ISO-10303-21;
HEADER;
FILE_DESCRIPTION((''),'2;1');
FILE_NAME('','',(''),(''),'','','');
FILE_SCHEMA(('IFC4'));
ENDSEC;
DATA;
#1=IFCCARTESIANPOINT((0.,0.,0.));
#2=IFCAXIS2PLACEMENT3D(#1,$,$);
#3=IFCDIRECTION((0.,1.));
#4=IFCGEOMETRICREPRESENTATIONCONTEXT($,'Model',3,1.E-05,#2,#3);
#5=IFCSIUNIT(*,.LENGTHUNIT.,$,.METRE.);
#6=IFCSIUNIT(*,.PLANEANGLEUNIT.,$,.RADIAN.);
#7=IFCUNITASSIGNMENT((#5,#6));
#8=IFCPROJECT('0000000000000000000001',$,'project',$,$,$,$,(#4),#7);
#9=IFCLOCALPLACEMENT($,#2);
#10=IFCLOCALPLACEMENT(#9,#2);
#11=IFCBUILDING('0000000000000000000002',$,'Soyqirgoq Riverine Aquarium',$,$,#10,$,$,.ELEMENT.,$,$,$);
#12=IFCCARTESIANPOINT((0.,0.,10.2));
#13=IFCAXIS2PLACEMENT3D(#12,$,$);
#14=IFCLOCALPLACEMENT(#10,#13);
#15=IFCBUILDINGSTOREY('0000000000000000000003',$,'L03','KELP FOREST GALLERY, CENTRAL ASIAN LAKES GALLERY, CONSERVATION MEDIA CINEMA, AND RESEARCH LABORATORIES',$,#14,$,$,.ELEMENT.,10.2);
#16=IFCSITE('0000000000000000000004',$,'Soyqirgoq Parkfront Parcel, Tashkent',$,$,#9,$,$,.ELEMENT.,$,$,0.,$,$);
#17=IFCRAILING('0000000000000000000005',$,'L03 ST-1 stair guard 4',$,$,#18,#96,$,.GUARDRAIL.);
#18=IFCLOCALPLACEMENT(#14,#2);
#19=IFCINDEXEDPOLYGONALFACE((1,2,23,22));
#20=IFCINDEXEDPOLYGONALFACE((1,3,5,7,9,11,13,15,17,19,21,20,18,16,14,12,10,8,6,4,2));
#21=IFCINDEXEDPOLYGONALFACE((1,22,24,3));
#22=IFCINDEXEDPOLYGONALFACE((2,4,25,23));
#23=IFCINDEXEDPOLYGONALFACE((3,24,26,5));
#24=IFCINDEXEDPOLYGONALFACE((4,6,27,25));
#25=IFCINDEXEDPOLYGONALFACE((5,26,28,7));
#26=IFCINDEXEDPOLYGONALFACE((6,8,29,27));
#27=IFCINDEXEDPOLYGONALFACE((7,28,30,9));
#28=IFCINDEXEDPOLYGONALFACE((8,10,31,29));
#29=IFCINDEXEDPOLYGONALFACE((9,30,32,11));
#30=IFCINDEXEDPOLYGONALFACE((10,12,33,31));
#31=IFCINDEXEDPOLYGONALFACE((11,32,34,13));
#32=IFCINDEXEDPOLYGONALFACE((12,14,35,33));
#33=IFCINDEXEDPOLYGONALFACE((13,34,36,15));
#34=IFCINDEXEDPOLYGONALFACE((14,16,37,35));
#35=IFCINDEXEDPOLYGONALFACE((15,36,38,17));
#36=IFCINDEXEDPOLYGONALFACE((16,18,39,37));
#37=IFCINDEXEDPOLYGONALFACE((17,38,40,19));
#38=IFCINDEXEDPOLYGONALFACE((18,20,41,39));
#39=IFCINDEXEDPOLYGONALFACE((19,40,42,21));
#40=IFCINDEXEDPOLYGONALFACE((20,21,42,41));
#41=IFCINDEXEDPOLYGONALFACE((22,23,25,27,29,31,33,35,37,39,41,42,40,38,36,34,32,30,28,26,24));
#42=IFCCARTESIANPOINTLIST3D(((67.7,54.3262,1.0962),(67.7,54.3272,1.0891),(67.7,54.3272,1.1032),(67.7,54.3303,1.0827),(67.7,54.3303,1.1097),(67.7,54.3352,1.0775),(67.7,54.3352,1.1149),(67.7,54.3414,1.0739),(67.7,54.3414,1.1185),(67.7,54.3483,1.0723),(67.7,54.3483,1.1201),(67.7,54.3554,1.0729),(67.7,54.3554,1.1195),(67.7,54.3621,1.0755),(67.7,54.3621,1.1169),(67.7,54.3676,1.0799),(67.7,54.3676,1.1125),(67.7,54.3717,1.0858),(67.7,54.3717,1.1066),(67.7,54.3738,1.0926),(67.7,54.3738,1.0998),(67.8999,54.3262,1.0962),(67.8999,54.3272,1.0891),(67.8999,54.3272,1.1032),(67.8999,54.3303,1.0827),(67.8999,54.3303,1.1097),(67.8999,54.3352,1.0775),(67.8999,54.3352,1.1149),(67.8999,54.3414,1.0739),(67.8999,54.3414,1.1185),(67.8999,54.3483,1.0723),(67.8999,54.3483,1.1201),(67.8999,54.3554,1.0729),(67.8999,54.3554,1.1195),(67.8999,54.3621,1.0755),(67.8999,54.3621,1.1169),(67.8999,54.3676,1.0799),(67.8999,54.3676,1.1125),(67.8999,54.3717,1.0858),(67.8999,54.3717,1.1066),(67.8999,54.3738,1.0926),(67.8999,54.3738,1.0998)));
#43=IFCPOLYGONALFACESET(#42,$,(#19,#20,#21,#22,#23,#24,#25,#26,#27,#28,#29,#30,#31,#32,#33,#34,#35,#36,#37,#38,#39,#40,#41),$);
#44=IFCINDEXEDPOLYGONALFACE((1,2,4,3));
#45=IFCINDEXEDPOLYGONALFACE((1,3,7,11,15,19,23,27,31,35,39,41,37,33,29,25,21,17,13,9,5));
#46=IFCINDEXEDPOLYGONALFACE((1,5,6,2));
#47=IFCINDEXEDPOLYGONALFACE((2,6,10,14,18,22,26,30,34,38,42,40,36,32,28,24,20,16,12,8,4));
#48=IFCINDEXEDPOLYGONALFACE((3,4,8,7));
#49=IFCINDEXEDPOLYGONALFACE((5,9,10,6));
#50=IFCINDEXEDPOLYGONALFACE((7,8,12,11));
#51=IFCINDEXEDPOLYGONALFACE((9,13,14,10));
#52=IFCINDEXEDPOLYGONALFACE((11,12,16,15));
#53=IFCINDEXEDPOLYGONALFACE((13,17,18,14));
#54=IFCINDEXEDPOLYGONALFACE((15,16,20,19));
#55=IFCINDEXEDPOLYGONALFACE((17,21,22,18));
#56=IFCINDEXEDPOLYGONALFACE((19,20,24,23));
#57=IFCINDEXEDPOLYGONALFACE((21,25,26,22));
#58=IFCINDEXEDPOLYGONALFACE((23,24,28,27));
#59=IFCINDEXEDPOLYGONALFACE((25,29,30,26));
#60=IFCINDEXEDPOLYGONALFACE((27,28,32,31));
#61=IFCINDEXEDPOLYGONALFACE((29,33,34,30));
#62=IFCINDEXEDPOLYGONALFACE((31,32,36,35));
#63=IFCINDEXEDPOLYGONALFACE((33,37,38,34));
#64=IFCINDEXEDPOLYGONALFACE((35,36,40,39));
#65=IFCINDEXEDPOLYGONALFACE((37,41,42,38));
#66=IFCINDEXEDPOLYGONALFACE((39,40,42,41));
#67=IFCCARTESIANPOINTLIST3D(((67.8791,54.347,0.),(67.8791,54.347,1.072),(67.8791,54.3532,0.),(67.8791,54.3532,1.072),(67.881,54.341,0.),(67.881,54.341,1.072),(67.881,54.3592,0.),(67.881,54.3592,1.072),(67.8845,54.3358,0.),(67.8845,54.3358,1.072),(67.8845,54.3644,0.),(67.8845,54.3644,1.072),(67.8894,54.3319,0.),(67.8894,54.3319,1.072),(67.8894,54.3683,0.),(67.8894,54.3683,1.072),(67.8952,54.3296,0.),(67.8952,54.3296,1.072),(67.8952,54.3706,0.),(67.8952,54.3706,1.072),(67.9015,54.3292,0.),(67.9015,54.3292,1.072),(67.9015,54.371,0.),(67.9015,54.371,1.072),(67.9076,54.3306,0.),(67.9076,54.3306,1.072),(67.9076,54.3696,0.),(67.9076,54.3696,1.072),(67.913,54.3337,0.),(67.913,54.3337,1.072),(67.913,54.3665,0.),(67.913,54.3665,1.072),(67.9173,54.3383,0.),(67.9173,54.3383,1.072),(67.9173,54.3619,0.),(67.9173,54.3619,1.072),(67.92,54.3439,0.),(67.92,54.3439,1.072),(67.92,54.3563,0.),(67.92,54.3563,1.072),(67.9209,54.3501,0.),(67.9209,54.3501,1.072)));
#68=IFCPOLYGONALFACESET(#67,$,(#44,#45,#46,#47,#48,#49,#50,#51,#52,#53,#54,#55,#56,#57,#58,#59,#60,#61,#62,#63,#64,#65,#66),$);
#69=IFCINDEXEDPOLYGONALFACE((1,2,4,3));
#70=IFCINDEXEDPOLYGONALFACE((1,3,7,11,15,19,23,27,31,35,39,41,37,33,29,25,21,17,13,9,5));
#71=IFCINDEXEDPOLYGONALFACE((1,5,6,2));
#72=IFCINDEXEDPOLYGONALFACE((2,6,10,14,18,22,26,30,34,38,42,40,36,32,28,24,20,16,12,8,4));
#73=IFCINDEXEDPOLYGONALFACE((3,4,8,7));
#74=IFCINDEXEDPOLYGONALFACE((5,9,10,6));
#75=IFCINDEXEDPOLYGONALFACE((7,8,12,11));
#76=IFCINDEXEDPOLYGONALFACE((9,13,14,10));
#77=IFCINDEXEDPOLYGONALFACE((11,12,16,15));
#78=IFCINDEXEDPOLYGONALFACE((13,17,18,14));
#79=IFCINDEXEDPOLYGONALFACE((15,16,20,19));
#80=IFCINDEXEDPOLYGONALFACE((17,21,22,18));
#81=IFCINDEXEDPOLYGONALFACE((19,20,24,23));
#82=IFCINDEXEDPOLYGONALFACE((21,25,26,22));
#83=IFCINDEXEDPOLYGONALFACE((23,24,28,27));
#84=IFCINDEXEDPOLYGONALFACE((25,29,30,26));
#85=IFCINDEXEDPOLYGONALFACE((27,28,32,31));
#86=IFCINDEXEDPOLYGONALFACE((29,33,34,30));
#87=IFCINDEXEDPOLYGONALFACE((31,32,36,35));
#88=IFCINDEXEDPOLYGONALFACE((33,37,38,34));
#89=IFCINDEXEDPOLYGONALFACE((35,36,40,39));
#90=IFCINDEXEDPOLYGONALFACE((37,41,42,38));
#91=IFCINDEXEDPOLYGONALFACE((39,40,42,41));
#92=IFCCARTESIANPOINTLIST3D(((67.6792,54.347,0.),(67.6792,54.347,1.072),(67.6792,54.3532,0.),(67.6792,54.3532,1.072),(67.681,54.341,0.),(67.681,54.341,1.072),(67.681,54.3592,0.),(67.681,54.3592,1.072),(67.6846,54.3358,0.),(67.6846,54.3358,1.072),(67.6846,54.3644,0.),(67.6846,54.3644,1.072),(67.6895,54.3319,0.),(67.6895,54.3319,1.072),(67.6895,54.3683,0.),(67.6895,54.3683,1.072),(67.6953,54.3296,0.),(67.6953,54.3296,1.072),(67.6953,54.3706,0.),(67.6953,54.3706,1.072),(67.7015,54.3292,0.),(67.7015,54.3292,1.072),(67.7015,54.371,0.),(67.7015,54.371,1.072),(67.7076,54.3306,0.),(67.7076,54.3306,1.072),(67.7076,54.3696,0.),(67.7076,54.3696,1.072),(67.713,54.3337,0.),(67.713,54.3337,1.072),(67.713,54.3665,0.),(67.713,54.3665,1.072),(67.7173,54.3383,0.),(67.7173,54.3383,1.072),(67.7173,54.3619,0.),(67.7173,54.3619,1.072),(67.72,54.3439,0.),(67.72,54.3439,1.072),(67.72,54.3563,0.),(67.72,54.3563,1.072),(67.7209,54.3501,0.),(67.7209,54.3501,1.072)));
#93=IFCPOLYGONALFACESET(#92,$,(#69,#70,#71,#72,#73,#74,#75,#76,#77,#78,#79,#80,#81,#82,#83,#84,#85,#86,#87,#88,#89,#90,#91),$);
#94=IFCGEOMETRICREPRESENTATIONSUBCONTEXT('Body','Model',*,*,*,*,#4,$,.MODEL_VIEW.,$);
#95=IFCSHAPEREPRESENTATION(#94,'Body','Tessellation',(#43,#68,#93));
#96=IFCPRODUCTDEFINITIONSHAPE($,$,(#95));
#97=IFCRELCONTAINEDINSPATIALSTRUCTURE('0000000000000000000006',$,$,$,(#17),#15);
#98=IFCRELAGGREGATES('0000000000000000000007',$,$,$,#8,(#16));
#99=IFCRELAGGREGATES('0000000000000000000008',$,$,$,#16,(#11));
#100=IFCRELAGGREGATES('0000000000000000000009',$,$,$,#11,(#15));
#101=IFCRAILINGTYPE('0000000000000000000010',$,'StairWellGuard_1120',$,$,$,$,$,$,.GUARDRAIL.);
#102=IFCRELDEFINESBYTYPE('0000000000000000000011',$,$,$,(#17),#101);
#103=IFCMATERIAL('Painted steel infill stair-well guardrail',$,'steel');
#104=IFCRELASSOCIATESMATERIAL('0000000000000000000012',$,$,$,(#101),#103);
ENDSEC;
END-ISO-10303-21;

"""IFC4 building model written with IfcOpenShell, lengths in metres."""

from ifc_helpers import new_model, si_unit, direction, frame, origin, origin_2d, place, context, subcontext, project, spatial, circle, extrude, material, type_object, element, save


model = new_model("IFC4")

# Units and contexts
model_context = context("Model", 3, precision=1e-05, world=origin(), true_north=direction((0.0, 1.0)))
body_context = subcontext(model_context, "Body", "Model", "MODEL_VIEW")
ifc_project = project(units=[si_unit("LENGTHUNIT", "METRE"), si_unit("PLANEANGLEUNIT", "RADIAN")], contexts=[model_context])

# Site, building, storey
site_placement = place(None, origin())
site = spatial("IfcSite", under=ifc_project, at=site_placement, Name="Soyqirgoq Parkfront Parcel, Tashkent", CompositionType="ELEMENT", RefElevation=0.0)
building_placement = place(site_placement, origin())
building = spatial("IfcBuilding", under=site, at=building_placement, Name="Soyqirgoq Riverine Aquarium", CompositionType="ELEMENT")
storey_placement = place(building_placement, frame((0.0, 0.0, 10.2)))
storey = spatial("IfcBuildingStorey", under=building, at=storey_placement, Name="L03", Description="KELP FOREST GALLERY, CENTRAL ASIAN LAKES GALLERY, CONSERVATION MEDIA CINEMA, AND RESEARCH LABORATORIES", CompositionType="ELEMENT", Elevation=10.2)

# Railing
ifc_material_1 = material(Name="Painted steel infill stair-well guardrail", Category="steel")
railing_type_1 = type_object("IfcRailingType", Name="StairWellGuard_1120", PredefinedType="GUARDRAIL", material=ifc_material_1)
railing_1_placement = place(storey_placement, frame((67.8999, 54.3501, 0.0)))
element("IfcRailing", 1, at=railing_1_placement, inside=storey, type_object=railing_type_1, Name="L03 ST-1 stair guard 4", PredefinedType="GUARDRAIL", context=body_context, shape_type="SweptSolid", body=[
    extrude(circle(Radius=0.0239, at=origin_2d()), frame((0.0, 0.0, 1.0962), z_axis=(-1.0, 0.0, 0.0), x_axis=(0.0, -1.0, 0.0)), (0.0, 0.0, 1.0), 0.2),
    extrude(circle(Radius=0.021, at=origin_2d()), origin(), (0.0, 0.0, 1.0), 1.072),
    extrude(circle(Radius=0.021, at=origin_2d()), frame((-0.2, 0.0, 0.0)), (0.0, 0.0, 1.0), 1.072),
])

save(model, "model.ifc")
